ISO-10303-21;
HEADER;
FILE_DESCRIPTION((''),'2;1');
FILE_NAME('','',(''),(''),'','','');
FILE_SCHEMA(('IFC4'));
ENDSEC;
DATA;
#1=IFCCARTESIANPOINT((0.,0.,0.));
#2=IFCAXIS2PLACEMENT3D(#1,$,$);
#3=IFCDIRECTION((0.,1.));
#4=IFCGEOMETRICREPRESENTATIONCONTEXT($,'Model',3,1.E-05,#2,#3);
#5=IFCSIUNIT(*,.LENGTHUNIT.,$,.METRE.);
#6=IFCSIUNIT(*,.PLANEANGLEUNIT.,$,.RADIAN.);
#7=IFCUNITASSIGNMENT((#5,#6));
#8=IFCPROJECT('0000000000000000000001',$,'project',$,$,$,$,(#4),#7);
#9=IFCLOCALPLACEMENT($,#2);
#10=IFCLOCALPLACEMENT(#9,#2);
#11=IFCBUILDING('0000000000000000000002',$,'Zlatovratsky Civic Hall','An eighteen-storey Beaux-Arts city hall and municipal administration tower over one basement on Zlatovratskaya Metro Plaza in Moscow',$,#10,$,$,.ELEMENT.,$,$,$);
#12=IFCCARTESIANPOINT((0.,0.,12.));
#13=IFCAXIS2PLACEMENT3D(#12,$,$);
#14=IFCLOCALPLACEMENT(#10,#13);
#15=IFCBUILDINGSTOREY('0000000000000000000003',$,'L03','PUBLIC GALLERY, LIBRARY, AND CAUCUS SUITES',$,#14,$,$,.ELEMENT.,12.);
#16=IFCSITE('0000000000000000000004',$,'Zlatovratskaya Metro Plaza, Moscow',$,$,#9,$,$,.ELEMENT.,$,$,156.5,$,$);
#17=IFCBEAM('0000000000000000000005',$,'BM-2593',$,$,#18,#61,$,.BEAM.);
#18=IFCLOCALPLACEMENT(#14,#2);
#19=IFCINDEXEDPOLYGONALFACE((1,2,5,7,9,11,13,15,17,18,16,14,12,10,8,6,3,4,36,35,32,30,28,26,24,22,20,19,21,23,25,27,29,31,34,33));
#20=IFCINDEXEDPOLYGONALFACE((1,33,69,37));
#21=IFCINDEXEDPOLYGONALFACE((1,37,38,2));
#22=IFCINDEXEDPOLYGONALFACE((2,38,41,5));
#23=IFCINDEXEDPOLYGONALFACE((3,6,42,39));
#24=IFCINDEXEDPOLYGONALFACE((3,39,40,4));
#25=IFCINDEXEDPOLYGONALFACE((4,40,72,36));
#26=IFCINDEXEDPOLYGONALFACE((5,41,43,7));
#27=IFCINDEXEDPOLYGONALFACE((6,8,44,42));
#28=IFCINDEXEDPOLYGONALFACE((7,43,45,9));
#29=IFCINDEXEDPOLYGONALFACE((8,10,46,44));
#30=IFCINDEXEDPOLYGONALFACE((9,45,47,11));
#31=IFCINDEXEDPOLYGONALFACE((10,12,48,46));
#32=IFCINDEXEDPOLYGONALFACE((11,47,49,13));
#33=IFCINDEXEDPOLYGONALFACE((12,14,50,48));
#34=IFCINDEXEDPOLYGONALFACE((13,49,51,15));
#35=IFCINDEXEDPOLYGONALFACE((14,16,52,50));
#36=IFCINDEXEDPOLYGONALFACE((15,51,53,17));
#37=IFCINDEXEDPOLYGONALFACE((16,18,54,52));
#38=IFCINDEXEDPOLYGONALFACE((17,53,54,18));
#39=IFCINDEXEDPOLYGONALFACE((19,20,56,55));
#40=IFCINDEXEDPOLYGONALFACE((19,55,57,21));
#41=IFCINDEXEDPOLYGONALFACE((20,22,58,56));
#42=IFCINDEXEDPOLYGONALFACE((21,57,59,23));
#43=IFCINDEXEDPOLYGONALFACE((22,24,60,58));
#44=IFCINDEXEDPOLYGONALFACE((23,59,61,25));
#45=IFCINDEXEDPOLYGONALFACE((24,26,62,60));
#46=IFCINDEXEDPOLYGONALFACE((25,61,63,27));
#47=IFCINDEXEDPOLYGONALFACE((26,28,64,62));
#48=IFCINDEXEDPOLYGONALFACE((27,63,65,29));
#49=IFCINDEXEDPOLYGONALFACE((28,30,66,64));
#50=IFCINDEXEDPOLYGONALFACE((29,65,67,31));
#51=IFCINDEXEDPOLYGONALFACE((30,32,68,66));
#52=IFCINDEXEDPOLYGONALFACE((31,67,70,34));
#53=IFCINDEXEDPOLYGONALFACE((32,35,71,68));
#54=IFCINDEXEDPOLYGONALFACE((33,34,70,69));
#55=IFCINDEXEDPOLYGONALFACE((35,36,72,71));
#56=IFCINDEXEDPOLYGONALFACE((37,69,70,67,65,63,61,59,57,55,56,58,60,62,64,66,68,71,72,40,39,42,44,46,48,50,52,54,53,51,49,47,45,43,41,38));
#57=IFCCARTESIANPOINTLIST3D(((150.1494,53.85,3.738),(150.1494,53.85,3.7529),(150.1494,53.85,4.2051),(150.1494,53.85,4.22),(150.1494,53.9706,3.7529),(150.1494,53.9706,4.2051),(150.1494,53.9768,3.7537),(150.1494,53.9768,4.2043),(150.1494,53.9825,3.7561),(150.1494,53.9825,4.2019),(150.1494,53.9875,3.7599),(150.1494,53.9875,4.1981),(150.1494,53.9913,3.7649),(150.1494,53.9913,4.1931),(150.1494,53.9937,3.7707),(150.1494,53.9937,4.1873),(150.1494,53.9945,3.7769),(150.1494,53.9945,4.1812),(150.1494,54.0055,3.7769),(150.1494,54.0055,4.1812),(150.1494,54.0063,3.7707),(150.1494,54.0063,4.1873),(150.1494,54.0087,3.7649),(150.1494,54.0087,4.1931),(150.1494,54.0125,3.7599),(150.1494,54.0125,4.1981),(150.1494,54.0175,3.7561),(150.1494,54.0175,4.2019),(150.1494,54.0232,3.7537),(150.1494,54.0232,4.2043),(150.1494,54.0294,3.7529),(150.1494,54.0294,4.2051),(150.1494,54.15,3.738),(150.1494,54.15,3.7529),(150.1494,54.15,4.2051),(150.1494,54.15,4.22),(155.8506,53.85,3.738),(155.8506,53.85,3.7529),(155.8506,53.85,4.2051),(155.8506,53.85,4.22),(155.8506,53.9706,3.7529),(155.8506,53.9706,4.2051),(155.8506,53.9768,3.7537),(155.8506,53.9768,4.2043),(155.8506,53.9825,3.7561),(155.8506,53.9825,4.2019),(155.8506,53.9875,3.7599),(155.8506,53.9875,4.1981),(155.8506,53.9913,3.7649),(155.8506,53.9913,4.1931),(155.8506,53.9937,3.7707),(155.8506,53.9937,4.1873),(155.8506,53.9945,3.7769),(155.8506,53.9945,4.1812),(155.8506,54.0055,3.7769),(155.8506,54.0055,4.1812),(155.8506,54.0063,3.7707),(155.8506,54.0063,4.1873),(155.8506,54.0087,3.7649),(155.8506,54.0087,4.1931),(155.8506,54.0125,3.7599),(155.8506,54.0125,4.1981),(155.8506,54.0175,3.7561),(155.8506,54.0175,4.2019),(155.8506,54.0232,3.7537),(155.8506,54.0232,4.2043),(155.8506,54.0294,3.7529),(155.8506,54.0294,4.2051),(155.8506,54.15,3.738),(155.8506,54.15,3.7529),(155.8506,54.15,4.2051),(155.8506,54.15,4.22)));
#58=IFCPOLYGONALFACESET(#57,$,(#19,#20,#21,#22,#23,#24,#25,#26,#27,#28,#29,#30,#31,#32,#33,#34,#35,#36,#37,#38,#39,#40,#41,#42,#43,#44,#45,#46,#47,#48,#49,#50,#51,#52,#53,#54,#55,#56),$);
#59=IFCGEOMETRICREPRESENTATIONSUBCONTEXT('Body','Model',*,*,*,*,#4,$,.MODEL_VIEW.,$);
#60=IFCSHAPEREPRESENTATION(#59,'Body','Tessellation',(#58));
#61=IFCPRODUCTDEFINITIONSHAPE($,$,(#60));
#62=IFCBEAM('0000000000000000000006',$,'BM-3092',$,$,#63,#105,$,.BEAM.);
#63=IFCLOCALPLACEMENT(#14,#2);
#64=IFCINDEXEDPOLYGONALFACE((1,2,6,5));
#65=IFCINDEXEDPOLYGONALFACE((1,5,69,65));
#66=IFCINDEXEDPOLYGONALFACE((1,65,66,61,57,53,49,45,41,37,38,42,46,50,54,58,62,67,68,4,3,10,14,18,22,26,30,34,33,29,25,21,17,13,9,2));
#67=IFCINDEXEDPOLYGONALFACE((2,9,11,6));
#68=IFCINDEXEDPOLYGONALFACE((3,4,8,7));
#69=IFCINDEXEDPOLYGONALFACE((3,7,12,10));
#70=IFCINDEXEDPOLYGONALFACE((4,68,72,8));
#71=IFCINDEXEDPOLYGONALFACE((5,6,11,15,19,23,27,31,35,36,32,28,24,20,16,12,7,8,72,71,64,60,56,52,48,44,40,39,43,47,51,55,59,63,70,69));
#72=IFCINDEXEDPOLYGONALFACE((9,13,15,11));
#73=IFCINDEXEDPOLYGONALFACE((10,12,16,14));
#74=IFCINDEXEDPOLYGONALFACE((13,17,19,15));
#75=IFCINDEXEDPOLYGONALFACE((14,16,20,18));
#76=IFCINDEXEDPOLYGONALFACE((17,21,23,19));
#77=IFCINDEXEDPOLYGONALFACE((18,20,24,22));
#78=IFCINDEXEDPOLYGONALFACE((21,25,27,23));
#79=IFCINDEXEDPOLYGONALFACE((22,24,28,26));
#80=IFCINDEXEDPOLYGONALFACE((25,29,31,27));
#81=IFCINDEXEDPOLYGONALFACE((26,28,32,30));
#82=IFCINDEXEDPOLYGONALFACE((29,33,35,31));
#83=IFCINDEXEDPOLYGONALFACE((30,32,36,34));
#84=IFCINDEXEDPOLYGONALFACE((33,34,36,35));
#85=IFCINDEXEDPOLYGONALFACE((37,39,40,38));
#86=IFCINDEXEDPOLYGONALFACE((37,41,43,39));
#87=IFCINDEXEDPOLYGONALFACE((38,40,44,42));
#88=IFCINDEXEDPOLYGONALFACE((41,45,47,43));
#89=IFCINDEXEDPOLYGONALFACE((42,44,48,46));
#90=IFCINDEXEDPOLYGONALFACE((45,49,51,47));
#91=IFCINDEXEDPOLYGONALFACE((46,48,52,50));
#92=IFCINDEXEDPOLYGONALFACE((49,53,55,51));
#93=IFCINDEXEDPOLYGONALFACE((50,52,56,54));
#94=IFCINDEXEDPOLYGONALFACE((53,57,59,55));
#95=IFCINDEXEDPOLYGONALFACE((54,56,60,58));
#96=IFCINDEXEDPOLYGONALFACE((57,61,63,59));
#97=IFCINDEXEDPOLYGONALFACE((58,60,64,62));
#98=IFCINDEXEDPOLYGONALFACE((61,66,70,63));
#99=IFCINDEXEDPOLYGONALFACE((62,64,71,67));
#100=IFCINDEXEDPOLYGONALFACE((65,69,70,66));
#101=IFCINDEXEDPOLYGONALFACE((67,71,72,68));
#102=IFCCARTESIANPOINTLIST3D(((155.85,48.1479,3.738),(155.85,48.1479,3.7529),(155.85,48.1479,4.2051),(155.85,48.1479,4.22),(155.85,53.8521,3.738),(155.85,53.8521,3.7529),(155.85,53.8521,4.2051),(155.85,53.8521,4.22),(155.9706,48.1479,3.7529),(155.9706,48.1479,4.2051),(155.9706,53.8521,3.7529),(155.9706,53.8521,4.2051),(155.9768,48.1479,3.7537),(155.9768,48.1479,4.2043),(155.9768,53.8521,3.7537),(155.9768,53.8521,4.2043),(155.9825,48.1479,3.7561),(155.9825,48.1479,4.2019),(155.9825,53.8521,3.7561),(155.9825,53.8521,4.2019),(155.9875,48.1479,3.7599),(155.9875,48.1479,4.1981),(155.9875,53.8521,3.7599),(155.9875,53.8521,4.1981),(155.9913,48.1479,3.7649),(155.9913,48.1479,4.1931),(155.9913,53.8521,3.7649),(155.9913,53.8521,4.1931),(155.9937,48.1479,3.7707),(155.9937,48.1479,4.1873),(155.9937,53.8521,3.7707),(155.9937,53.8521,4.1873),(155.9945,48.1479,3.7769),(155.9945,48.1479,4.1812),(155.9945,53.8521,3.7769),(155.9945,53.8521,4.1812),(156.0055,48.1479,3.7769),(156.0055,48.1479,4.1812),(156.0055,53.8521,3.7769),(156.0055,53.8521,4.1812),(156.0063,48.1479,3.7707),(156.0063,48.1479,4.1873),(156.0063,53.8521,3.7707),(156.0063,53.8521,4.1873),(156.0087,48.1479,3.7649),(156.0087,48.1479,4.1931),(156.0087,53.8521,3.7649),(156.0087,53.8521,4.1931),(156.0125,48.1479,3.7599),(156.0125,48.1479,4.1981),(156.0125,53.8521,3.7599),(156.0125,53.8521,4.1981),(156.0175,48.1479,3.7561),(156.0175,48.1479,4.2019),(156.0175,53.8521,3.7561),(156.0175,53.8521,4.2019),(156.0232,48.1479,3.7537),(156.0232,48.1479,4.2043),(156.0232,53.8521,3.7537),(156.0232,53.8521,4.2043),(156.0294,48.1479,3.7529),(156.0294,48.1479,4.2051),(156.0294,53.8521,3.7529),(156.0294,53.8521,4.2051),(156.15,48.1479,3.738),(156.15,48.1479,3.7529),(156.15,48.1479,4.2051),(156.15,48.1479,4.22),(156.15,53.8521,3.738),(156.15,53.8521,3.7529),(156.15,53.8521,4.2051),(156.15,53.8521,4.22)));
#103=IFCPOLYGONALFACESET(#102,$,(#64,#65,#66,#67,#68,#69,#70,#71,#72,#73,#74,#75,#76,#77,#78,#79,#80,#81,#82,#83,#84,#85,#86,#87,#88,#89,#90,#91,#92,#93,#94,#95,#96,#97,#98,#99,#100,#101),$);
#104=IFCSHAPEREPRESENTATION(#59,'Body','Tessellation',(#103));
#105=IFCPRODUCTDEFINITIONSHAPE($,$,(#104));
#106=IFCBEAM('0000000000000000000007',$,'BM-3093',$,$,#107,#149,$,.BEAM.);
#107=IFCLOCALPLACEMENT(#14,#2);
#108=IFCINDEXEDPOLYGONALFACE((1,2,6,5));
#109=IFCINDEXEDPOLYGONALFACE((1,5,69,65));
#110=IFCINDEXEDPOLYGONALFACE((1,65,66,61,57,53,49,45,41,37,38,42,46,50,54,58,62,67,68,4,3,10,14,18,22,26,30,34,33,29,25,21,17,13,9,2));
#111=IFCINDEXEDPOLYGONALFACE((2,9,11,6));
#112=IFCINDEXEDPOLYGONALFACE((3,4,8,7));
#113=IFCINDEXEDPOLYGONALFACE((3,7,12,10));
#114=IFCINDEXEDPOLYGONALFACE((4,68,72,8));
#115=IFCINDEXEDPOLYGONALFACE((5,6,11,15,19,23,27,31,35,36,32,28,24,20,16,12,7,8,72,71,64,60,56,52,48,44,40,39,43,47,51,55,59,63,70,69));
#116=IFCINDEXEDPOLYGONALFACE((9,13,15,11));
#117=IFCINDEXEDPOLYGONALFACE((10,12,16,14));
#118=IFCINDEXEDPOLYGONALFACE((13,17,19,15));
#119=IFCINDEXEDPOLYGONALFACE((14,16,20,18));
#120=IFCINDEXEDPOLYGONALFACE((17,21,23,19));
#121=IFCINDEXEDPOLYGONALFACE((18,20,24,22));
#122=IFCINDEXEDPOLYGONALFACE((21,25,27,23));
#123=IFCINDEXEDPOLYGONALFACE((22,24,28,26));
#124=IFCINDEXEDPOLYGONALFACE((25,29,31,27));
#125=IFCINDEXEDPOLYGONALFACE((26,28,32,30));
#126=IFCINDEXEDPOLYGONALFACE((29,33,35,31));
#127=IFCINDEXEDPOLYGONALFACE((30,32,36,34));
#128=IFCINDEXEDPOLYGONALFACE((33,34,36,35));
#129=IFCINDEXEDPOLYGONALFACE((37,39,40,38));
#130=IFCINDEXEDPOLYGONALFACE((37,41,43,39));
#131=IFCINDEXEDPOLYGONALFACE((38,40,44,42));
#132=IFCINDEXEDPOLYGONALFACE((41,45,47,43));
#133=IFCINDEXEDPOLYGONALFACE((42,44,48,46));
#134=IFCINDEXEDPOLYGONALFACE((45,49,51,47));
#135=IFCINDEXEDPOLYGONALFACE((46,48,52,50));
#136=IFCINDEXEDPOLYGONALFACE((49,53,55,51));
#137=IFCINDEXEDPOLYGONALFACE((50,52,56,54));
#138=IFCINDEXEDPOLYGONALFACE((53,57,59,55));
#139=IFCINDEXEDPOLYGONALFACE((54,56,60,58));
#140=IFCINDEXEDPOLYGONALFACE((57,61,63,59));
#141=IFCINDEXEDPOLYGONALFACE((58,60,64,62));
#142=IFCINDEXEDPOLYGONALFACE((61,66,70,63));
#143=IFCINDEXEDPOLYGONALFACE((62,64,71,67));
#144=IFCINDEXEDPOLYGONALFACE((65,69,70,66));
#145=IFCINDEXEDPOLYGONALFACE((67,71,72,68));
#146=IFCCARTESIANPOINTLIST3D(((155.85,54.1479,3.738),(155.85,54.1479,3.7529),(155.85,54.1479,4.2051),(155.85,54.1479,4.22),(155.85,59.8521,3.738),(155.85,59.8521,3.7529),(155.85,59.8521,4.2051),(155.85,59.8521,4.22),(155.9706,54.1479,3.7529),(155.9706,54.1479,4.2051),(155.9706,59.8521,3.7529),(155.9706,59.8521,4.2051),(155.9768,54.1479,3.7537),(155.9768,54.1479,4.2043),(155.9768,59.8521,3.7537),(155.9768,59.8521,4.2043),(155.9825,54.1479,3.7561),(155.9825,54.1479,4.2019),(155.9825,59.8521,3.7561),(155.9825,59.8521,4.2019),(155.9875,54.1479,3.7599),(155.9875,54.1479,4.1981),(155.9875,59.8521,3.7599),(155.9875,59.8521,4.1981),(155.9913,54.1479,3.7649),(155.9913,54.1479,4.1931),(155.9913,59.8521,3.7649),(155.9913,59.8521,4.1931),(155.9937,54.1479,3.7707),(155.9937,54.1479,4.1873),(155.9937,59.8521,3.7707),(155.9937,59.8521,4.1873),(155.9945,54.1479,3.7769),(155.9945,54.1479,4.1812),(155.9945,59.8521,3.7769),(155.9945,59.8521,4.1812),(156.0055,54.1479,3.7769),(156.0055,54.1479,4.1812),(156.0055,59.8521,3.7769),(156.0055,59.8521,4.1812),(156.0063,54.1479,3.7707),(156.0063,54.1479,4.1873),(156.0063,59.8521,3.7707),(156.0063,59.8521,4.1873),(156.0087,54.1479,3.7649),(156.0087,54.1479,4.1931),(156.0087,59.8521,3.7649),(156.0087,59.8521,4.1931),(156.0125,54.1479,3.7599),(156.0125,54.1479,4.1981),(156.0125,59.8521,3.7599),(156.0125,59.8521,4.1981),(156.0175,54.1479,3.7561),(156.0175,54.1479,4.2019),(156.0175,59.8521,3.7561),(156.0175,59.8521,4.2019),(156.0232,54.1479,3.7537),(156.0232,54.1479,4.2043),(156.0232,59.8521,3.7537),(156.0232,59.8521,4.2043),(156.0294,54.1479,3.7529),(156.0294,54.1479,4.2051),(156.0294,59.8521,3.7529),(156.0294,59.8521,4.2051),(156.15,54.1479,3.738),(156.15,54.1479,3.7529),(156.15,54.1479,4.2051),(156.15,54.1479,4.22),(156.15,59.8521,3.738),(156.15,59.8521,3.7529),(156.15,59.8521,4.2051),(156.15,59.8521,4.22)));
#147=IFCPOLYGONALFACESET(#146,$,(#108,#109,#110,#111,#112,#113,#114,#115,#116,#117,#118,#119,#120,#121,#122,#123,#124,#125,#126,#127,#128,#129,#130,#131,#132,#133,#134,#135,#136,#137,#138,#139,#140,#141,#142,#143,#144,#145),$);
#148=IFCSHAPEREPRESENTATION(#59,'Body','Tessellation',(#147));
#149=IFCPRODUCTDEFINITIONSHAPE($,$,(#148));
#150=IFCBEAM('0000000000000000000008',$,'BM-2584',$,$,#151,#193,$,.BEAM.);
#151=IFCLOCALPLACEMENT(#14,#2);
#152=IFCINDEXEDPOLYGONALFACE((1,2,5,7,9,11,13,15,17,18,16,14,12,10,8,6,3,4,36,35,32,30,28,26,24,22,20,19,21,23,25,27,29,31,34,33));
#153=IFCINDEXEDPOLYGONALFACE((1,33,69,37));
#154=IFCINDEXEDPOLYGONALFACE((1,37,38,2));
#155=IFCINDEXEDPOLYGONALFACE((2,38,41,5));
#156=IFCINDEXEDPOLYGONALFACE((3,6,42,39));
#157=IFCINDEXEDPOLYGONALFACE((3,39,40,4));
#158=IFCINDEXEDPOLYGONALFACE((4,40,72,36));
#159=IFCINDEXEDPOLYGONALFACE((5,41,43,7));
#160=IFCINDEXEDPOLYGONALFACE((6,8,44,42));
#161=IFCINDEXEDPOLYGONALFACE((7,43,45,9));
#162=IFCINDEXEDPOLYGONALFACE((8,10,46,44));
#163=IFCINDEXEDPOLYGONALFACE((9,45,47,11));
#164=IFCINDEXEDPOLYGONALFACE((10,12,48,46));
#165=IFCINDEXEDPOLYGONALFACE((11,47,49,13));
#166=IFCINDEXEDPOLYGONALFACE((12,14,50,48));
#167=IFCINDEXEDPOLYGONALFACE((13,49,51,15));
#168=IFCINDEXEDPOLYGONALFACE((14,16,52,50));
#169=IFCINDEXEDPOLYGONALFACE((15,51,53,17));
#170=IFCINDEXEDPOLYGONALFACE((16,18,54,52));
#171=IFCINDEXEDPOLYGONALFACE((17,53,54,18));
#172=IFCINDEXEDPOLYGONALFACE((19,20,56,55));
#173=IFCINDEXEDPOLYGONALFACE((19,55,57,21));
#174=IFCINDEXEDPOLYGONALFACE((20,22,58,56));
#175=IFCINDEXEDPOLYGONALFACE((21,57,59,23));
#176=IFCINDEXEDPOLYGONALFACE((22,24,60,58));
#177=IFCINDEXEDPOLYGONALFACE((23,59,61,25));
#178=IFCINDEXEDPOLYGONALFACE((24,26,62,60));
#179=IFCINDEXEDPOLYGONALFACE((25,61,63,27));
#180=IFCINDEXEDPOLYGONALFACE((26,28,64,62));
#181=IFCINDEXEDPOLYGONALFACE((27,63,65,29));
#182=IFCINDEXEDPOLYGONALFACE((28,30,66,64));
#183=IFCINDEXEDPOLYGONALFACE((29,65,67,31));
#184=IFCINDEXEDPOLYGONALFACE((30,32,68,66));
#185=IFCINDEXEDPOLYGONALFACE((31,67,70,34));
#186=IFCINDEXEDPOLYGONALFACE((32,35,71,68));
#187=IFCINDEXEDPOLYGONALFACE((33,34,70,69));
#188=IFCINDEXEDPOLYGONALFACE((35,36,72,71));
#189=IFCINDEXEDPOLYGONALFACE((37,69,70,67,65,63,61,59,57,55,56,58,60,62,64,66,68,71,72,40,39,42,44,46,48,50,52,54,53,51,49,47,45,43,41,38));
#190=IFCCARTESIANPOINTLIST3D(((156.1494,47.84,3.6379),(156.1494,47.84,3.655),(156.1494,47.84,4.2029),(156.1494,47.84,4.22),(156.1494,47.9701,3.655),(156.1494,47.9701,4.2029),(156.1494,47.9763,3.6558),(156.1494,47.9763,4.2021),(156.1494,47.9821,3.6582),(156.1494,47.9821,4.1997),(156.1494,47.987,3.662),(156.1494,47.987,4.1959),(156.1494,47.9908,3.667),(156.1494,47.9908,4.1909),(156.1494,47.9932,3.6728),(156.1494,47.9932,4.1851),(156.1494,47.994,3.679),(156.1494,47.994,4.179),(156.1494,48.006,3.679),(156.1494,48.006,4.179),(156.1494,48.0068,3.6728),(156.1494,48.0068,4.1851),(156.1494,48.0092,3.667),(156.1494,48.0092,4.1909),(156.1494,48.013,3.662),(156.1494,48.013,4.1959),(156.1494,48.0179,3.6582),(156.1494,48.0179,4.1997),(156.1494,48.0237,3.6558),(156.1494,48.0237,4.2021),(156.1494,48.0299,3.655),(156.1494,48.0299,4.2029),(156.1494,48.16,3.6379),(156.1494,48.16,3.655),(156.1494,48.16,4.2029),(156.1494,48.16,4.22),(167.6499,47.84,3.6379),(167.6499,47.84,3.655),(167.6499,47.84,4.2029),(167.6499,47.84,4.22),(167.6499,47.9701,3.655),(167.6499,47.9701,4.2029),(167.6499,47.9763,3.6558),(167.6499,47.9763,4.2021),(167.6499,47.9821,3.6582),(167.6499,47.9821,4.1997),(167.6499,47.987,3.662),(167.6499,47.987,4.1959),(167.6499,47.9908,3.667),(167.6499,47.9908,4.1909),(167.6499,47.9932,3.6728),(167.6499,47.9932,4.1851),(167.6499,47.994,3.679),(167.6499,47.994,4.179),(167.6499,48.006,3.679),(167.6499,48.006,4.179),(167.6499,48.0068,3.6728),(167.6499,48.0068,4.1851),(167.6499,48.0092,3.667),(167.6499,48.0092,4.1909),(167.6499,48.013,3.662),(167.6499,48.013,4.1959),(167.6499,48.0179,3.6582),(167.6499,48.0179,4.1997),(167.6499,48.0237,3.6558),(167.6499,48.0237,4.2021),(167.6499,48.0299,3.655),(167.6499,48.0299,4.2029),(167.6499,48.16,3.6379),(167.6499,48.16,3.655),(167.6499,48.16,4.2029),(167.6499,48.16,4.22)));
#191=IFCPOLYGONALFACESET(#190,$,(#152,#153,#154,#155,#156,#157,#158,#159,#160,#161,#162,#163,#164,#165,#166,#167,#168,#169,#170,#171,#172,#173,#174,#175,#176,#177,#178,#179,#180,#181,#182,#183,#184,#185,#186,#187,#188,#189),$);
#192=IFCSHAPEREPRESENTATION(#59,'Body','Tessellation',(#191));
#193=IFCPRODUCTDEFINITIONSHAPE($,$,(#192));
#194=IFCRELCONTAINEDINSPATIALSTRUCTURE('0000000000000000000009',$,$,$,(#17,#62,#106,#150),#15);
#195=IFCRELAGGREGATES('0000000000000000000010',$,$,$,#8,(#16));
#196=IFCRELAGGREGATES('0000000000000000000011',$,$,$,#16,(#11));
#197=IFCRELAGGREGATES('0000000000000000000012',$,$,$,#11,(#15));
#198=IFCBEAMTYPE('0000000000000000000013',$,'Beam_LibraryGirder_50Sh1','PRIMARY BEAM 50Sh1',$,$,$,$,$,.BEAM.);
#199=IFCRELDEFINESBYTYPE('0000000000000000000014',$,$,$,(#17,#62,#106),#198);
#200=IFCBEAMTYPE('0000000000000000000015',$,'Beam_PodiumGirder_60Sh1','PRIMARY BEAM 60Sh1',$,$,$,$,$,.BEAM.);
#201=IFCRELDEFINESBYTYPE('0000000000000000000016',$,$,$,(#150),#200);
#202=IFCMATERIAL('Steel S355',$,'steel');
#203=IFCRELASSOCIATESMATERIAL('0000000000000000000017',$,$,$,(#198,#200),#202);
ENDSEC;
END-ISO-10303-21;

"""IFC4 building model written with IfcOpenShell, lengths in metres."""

from ifc_helpers import new_model, si_unit, direction, frame, origin, origin_2d, place, context, subcontext, project, spatial, i_section, extrude, material, material_profile, profile_set, type_object, element, save


model = new_model("IFC4")

# Units and contexts
model_context = context("Model", 3, precision=1e-05, world=origin(), true_north=direction((0.0, 1.0)))
body_context = subcontext(model_context, "Body", "Model", "MODEL_VIEW")
ifc_project = project(units=[si_unit("LENGTHUNIT", "METRE"), si_unit("PLANEANGLEUNIT", "RADIAN")], contexts=[model_context])

# Site, building, storey
site_placement = place(None, origin())
site = spatial("IfcSite", under=ifc_project, at=site_placement, Name="Zlatovratskaya Metro Plaza, Moscow", CompositionType="ELEMENT", RefElevation=156.5)
building_placement = place(site_placement, origin())
building = spatial("IfcBuilding", under=site, at=building_placement, Name="Zlatovratsky Civic Hall", Description="An eighteen-storey Beaux-Arts city hall and municipal administration tower over one basement on Zlatovratskaya Metro Plaza in Moscow", CompositionType="ELEMENT")
storey_placement = place(building_placement, frame((0.0, 0.0, 12.0)))
storey = spatial("IfcBuildingStorey", under=building, at=storey_placement, Name="L03", Description="PUBLIC GALLERY, LIBRARY, AND CAUCUS SUITES", CompositionType="ELEMENT", Elevation=12.0)

# Shared definitions
ifc_material_1 = material(Name="Steel S355", Category="steel")

# Beams
ifc_material_profile_1 = material_profile(ifc_material_1, i_section(OverallWidth=0.3, OverallDepth=0.4819, WebThickness=0.011, FlangeThickness=0.0149, FilletRadius=0.0239, at=origin_2d()), Name="50Sh1")
ifc_profile_set_1 = profile_set([ifc_material_profile_1], Name="Steel S355")
beam_type_1 = type_object("IfcBeamType", Name="Beam_LibraryGirder_50Sh1", Description="PRIMARY BEAM 50Sh1", PredefinedType="BEAM", material=ifc_profile_set_1)
for number, where, z_axis, x_axis, name in (
    (1, (150.1494, 54.0, 3.979), (1.0, 0.0, 0.0), (0.0, 1.0, 0.0), "BM-2593"),
):
    element("IfcBeam", number, at=place(storey_placement, frame(where, z_axis=z_axis, x_axis=x_axis)), inside=storey, type_object=beam_type_1, Name=name, PredefinedType="BEAM", context=body_context, shape_type="SweptSolid", body=[
        extrude(i_section(OverallWidth=0.3, OverallDepth=0.4819, WebThickness=0.011, FlangeThickness=0.0149, FilletRadius=0.0239, at=origin_2d()), origin(), (0.0, 0.0, 1.0), 5.7012),
    ])
for number, where, z_axis, x_axis, name in (
    (2, (156.0, 48.1479, 3.979), (0.0, 1.0, 0.0), (-1.0, 0.0, 0.0), "BM-3092"),
    (3, (156.0, 54.1479, 3.979), (0.0, 1.0, 0.0), (-1.0, 0.0, 0.0), "BM-3093"),
):
    element("IfcBeam", number, at=place(storey_placement, frame(where, z_axis=z_axis, x_axis=x_axis)), inside=storey, type_object=beam_type_1, Name=name, PredefinedType="BEAM", context=body_context, shape_type="SweptSolid", body=[
        extrude(i_section(OverallWidth=0.3, OverallDepth=0.4819, WebThickness=0.011, FlangeThickness=0.0149, FilletRadius=0.0239, at=origin_2d()), origin(), (0.0, 0.0, 1.0), 5.7041),
    ])
ifc_material_profile_2 = material_profile(ifc_material_1, i_section(OverallWidth=0.3201, OverallDepth=0.582, WebThickness=0.012, FlangeThickness=0.0171, FilletRadius=0.0239, at=origin_2d()), Name="60Sh1")
ifc_profile_set_2 = profile_set([ifc_material_profile_2], Name="Steel S355")
beam_type_2 = type_object("IfcBeamType", Name="Beam_PodiumGirder_60Sh1", Description="PRIMARY BEAM 60Sh1", PredefinedType="BEAM", material=ifc_profile_set_2)
for number, where, z_axis, x_axis, name in (
    (4, (156.1494, 48.0, 3.929), (1.0, 0.0, 0.0), (0.0, 1.0, 0.0), "BM-2584"),
):
    element("IfcBeam", number, at=place(storey_placement, frame(where, z_axis=z_axis, x_axis=x_axis)), inside=storey, type_object=beam_type_2, Name=name, PredefinedType="BEAM", context=body_context, shape_type="SweptSolid", body=[
        extrude(i_section(OverallWidth=0.3201, OverallDepth=0.582, WebThickness=0.012, FlangeThickness=0.0171, FilletRadius=0.0239, at=origin_2d()), origin(), (0.0, 0.0, 1.0), 11.5005),
    ])

save(model, "model.ifc")
